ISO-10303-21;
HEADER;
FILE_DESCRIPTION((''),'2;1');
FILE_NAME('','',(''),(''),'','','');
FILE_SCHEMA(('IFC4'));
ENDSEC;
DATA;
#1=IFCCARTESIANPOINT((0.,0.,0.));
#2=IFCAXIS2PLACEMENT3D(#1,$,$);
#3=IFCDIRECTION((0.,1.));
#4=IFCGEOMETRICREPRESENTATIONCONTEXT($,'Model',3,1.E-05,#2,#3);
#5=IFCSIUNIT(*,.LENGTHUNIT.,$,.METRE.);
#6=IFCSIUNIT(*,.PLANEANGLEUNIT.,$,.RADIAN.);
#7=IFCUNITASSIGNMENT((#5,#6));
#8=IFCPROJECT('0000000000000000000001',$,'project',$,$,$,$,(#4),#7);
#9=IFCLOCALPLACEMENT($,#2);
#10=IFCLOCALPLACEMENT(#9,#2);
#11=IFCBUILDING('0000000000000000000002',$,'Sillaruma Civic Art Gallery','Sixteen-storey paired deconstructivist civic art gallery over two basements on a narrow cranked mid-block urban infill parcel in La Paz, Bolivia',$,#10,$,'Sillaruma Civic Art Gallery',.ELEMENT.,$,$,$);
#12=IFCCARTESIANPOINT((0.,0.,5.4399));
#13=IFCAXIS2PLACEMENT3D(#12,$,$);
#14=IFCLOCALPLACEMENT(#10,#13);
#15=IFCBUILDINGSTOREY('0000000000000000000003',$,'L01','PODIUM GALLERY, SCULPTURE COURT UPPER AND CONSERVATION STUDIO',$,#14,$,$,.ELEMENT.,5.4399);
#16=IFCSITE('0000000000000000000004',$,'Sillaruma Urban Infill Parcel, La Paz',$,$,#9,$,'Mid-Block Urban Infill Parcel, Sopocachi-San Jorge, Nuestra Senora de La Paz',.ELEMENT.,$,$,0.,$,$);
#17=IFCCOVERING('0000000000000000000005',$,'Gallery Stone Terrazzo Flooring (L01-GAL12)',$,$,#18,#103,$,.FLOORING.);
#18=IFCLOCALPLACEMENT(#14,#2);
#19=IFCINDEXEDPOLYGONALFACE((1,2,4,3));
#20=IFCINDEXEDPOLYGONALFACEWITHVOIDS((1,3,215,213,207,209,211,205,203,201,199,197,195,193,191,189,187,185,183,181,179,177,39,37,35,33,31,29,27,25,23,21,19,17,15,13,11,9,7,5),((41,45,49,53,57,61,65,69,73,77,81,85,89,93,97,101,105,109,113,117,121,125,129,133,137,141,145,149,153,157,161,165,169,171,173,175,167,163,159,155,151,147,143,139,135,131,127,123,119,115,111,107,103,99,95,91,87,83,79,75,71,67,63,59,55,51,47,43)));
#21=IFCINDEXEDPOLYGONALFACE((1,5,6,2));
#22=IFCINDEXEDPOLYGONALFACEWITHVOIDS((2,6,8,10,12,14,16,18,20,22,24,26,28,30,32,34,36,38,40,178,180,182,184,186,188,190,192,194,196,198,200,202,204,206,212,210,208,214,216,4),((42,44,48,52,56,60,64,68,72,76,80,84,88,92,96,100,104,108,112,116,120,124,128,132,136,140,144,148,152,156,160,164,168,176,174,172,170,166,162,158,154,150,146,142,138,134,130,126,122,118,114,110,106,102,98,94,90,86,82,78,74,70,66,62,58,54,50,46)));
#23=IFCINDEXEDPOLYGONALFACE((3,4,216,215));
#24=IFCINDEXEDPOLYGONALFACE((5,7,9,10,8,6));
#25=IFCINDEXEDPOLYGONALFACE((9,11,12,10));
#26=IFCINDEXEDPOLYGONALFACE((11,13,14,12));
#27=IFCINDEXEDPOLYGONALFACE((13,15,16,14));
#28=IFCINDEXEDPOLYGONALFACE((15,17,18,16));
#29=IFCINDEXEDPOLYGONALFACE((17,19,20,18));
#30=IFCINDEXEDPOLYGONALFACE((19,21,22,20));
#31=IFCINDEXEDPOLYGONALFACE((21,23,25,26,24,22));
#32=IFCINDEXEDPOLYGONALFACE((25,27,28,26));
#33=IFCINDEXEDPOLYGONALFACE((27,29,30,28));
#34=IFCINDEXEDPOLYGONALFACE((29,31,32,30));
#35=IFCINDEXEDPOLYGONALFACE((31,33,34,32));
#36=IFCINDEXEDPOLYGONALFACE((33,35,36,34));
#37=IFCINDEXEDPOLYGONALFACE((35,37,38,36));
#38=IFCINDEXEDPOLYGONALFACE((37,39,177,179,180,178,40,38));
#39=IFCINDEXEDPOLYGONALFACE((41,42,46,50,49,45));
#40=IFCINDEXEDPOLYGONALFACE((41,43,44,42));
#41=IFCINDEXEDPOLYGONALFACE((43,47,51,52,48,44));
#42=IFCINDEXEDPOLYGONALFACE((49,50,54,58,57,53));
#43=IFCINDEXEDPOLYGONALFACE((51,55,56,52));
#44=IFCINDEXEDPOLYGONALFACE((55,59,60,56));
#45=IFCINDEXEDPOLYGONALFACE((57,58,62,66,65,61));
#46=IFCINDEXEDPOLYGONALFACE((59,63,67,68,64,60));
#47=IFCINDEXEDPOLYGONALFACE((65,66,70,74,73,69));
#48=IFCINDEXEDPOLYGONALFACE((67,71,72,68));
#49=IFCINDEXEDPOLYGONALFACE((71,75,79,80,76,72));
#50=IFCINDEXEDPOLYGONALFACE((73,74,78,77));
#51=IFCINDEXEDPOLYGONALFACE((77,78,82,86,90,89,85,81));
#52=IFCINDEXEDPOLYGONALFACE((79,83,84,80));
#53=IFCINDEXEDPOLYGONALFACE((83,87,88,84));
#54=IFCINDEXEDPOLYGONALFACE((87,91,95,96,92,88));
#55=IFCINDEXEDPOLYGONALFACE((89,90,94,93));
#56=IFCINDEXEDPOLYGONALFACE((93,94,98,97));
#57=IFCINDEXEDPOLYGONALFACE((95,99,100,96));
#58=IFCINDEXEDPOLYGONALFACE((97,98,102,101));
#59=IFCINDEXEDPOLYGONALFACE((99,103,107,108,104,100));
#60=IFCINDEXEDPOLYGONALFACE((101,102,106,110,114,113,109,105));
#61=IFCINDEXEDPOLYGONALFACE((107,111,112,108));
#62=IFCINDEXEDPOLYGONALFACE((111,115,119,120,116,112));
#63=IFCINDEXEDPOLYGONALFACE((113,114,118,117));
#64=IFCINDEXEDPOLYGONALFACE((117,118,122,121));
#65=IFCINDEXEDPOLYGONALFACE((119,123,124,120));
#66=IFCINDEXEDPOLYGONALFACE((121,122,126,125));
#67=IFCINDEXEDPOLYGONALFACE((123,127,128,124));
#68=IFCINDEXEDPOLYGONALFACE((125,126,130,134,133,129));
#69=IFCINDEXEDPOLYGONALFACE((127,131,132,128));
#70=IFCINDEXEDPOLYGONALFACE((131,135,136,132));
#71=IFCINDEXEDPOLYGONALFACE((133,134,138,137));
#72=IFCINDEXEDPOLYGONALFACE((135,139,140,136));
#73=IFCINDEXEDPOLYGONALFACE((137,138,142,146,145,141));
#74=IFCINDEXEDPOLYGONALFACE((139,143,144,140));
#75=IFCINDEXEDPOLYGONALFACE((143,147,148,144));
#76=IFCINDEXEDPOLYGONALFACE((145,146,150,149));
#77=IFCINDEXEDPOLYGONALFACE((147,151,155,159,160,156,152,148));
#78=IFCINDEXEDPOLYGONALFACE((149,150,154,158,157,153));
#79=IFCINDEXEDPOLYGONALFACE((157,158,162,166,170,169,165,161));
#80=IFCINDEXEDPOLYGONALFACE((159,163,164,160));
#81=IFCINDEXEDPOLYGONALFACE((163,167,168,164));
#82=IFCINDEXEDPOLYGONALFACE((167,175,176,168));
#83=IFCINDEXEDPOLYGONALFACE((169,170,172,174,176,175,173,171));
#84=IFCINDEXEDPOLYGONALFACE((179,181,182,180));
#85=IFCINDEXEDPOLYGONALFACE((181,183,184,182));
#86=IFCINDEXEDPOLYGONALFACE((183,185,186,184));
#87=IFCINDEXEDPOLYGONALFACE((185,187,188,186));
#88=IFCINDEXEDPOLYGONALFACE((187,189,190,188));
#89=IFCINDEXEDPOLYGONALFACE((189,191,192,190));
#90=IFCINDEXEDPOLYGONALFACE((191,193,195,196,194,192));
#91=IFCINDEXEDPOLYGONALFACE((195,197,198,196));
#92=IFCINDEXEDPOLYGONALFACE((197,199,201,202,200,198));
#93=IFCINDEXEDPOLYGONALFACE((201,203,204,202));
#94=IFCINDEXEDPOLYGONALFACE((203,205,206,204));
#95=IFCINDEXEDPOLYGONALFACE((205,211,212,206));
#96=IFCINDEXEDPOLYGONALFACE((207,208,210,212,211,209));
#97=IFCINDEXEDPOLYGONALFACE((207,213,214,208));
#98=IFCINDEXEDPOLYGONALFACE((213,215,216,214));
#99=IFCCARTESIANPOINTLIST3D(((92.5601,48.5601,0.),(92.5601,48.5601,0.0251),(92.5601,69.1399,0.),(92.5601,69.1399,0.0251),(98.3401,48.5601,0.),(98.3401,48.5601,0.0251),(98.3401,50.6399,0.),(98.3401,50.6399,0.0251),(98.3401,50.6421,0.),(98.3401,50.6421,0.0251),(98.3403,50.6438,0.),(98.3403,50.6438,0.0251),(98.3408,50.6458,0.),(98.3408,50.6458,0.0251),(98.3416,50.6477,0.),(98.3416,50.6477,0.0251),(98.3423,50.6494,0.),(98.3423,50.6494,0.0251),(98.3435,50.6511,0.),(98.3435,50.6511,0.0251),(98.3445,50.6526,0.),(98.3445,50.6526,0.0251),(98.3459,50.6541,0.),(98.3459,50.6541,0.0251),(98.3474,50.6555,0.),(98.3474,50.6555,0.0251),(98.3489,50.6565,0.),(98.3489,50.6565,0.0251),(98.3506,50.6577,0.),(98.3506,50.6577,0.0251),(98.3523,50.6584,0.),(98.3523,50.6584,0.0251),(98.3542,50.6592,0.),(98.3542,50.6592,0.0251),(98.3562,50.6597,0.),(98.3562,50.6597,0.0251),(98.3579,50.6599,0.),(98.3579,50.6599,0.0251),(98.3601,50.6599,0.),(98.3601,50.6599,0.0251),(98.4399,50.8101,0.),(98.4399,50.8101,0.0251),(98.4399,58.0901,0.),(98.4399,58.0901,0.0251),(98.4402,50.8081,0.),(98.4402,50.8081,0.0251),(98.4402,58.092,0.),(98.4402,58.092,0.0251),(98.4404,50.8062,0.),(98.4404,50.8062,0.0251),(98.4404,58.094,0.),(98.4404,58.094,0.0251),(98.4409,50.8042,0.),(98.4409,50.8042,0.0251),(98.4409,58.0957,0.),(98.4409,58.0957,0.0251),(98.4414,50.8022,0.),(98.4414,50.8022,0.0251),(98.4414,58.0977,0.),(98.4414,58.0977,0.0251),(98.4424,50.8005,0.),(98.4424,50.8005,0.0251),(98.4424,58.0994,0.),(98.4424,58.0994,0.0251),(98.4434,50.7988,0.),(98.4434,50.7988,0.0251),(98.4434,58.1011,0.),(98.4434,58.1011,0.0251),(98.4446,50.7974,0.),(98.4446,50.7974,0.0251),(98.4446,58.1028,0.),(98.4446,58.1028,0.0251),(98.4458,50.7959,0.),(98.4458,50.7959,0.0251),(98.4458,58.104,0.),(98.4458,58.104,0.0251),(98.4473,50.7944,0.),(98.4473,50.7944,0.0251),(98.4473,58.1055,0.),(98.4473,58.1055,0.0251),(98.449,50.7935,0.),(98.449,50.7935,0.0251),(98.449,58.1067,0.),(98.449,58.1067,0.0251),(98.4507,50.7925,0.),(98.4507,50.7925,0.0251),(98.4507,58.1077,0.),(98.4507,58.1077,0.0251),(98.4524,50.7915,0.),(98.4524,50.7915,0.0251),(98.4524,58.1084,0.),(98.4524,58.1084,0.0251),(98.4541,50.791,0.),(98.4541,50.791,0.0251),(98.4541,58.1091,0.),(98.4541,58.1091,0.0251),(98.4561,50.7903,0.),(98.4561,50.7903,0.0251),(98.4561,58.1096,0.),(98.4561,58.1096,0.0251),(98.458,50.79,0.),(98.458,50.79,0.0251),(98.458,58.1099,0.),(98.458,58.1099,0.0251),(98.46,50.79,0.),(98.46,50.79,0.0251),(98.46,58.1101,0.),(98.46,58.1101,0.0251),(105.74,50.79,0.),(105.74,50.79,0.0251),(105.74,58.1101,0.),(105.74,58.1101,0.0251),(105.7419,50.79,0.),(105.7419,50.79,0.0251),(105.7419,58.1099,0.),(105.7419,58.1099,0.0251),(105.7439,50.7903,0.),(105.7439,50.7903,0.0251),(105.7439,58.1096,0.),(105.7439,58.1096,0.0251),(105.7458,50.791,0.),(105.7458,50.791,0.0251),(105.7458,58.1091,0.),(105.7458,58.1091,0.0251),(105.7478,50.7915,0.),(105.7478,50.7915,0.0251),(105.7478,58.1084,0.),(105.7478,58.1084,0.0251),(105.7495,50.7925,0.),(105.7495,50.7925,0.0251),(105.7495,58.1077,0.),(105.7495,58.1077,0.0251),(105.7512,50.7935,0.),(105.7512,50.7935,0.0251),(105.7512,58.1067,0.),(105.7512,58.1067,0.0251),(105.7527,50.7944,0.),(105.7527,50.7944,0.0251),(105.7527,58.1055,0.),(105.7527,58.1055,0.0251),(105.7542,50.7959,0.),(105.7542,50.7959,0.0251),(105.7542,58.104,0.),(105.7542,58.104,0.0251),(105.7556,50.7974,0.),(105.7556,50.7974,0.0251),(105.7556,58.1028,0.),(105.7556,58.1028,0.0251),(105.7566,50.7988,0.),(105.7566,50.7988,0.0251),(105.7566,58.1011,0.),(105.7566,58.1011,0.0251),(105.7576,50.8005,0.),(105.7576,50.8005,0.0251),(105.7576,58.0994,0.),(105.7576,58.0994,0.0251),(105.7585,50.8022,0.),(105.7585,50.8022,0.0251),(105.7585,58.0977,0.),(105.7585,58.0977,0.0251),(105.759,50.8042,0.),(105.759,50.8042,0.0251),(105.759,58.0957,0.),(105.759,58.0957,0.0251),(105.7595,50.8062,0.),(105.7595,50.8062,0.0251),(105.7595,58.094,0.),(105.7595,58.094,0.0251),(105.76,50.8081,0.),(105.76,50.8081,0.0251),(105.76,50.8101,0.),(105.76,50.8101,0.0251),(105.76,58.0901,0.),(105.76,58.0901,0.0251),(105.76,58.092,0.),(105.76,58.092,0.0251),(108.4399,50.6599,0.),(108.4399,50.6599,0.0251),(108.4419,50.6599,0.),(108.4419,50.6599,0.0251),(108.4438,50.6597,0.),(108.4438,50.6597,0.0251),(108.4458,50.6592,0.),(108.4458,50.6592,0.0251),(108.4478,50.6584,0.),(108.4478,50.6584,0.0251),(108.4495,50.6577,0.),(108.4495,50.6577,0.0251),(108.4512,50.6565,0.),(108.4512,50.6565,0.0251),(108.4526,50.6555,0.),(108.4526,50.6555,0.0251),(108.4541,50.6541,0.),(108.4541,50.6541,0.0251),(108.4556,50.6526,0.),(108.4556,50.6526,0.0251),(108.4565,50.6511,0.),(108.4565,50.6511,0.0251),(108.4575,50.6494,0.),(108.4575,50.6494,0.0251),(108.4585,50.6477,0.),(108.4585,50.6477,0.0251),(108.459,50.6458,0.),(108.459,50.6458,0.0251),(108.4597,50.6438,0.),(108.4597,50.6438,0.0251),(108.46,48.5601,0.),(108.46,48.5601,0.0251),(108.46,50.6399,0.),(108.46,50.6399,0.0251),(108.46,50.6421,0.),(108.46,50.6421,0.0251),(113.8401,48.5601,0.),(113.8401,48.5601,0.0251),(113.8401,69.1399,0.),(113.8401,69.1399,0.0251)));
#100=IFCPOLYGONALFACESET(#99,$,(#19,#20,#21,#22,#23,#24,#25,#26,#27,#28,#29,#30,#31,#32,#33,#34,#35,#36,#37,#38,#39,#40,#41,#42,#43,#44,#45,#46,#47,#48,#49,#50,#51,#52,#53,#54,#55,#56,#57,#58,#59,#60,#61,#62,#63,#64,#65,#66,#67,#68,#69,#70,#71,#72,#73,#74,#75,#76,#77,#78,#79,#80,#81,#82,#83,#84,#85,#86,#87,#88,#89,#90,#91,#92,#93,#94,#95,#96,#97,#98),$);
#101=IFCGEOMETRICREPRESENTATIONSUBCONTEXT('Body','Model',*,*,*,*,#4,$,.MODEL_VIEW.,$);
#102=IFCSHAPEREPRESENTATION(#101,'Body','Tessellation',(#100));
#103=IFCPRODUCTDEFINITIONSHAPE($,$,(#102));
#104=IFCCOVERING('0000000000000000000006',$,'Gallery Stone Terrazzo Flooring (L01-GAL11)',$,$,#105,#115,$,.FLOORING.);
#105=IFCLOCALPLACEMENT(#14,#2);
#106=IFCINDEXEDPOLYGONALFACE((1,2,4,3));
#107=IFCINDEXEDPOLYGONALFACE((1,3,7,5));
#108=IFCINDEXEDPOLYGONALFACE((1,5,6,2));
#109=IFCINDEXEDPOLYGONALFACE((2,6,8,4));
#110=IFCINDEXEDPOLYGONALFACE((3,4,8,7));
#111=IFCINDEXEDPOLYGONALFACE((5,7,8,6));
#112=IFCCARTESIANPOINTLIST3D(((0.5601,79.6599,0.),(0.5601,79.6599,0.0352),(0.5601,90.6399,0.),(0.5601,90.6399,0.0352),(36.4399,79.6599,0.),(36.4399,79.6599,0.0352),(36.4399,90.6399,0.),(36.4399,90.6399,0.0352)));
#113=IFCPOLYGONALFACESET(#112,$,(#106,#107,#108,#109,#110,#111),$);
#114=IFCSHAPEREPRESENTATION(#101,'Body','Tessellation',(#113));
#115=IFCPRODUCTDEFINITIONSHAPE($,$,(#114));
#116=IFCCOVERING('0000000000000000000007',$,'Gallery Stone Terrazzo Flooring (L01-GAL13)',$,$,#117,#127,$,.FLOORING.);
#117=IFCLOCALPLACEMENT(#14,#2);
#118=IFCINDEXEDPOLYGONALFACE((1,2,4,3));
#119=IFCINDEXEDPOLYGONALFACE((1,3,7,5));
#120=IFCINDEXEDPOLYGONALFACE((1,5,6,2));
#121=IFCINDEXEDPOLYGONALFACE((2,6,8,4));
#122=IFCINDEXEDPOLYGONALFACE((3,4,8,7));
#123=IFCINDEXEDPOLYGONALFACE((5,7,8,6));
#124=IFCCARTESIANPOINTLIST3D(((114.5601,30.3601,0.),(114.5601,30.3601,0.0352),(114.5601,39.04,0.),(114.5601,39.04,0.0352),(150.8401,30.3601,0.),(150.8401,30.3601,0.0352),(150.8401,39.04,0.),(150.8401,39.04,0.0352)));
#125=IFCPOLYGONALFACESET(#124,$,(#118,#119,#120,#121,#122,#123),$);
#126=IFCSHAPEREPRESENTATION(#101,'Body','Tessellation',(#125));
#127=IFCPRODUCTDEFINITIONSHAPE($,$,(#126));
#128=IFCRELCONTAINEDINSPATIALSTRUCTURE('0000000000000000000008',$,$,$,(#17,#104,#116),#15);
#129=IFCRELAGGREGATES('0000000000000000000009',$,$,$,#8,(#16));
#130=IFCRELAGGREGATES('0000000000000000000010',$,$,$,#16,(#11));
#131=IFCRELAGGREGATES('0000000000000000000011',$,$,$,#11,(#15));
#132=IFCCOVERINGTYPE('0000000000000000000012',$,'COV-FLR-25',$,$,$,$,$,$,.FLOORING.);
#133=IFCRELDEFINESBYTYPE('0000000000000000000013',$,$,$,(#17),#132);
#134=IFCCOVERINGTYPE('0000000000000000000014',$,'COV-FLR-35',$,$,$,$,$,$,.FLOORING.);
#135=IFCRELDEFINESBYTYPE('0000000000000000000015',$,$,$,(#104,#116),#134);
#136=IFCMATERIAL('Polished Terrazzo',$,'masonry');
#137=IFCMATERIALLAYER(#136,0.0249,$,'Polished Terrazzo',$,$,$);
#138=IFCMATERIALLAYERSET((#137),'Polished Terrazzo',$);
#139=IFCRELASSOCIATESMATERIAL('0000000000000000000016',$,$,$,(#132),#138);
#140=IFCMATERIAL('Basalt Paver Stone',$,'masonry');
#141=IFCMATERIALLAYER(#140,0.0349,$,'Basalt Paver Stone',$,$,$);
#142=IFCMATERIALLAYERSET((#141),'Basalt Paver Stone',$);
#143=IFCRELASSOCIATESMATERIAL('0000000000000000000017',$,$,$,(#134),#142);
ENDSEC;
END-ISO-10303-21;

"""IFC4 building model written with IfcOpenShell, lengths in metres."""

from ifc_helpers import new_model, si_unit, direction, frame, origin, place, context, subcontext, project, spatial, polyline, outline, extrude, material, layer, layer_set, type_object, element, save


model = new_model("IFC4")

# Units and contexts
model_context = context("Model", 3, precision=1e-05, world=origin(), true_north=direction((0.0, 1.0)))
body_context = subcontext(model_context, "Body", "Model", "MODEL_VIEW")
ifc_project = project(units=[si_unit("LENGTHUNIT", "METRE"), si_unit("PLANEANGLEUNIT", "RADIAN")], contexts=[model_context])

# Site, building, storey
site_placement = place(None, origin())
site = spatial("IfcSite", under=ifc_project, at=site_placement, Name="Sillaruma Urban Infill Parcel, La Paz", LongName="Mid-Block Urban Infill Parcel, Sopocachi-San Jorge, Nuestra Senora de La Paz", CompositionType="ELEMENT", RefElevation=0.0)
building_placement = place(site_placement, origin())
building = spatial("IfcBuilding", under=site, at=building_placement, Name="Sillaruma Civic Art Gallery", Description="Sixteen-storey paired deconstructivist civic art gallery over two basements on a narrow cranked mid-block urban infill parcel in La Paz, Bolivia", LongName="Sillaruma Civic Art Gallery", CompositionType="ELEMENT")
storey_placement = place(building_placement, frame((0.0, 0.0, 5.4399)))
storey = spatial("IfcBuildingStorey", under=building, at=storey_placement, Name="L01", Description="PODIUM GALLERY, SCULPTURE COURT UPPER AND CONSERVATION STUDIO", CompositionType="ELEMENT", Elevation=5.4399)

# Coverings
ifc_material_1 = material(Name="Polished Terrazzo", Category="masonry")
ifc_layer_1 = layer(ifc_material_1, 0.0249, Name="Polished Terrazzo")
ifc_layer_set_1 = layer_set([ifc_layer_1], Name="Polished Terrazzo")
covering_type_1 = type_object("IfcCoveringType", Name="COV-FLR-25", PredefinedType="FLOORING", material=ifc_layer_set_1)
covering_1_placement = place(storey_placement, origin())
element("IfcCovering", 1, at=covering_1_placement, inside=storey, type_object=covering_type_1, Name="Gallery Stone Terrazzo Flooring (L01-GAL12)", PredefinedType="FLOORING", context=body_context, shape_type="SweptSolid", body=[
    extrude(outline(polyline([(113.8401, 69.1399), (113.8401, 48.5601), (108.46, 48.5601), (108.46, 50.6399), (108.46, 50.6421), (108.4597, 50.6438), (108.459, 50.6458), (108.4585, 50.6477), (108.4575, 50.6494), (108.4565, 50.6511), (108.4556, 50.6526), (108.4541, 50.6541), (108.4526, 50.6555), (108.4512, 50.6565), (108.4495, 50.6577), (108.4478, 50.6584), (108.4458, 50.6592), (108.4438, 50.6597), (108.4419, 50.6599), (108.4399, 50.6599), (98.3601, 50.6599), (98.3579, 50.6599), (98.3562, 50.6597), (98.3542, 50.6592), (98.3523, 50.6584), (98.3506, 50.6577), (98.3489, 50.6565), (98.3474, 50.6555), (98.3459, 50.6541), (98.3445, 50.6526), (98.3435, 50.6511), (98.3423, 50.6494), (98.3416, 50.6477), (98.3408, 50.6458), (98.3403, 50.6438), (98.3401, 50.6421), (98.3401, 50.6399), (98.3401, 48.5601), (92.5601, 48.5601), (92.5601, 69.1399), (113.8401, 69.1399)]), holes=[polyline([(105.7439, 50.7903), (105.7458, 50.791), (105.7478, 50.7915), (105.7495, 50.7925), (105.7512, 50.7935), (105.7527, 50.7944), (105.7542, 50.7959), (105.7556, 50.7974), (105.7566, 50.7988), (105.7576, 50.8005), (105.7585, 50.8022), (105.759, 50.8042), (105.7595, 50.8062), (105.76, 50.8081), (105.76, 50.8101), (105.76, 58.0901), (105.76, 58.092), (105.7595, 58.094), (105.759, 58.0957), (105.7585, 58.0977), (105.7576, 58.0994), (105.7566, 58.1011), (105.7556, 58.1028), (105.7542, 58.104), (105.7527, 58.1055), (105.7512, 58.1067), (105.7495, 58.1077), (105.7478, 58.1084), (105.7458, 58.1091), (105.7439, 58.1096), (105.7419, 58.1099), (105.74, 58.1101), (98.46, 58.1101), (98.458, 58.1099), (98.4561, 58.1096), (98.4541, 58.1091), (98.4524, 58.1084), (98.4507, 58.1077), (98.449, 58.1067), (98.4473, 58.1055), (98.4458, 58.104), (98.4446, 58.1028), (98.4434, 58.1011), (98.4424, 58.0994), (98.4414, 58.0977), (98.4409, 58.0957), (98.4404, 58.094), (98.4402, 58.092), (98.4399, 58.0901), (98.4399, 50.8101), (98.4402, 50.8081), (98.4404, 50.8062), (98.4409, 50.8042), (98.4414, 50.8022), (98.4424, 50.8005), (98.4434, 50.7988), (98.4446, 50.7974), (98.4458, 50.7959), (98.4473, 50.7944), (98.449, 50.7935), (98.4507, 50.7925), (98.4524, 50.7915), (98.4541, 50.791), (98.4561, 50.7903), (98.458, 50.79), (98.46, 50.79), (105.74, 50.79), (105.7419, 50.79), (105.7439, 50.7903)])]), origin(), (0.0, 0.0, 1.0), 0.0251),
])
ifc_material_2 = material(Name="Basalt Paver Stone", Category="masonry")
ifc_layer_2 = layer(ifc_material_2, 0.0349, Name="Basalt Paver Stone")
ifc_layer_set_2 = layer_set([ifc_layer_2], Name="Basalt Paver Stone")
covering_type_2 = type_object("IfcCoveringType", Name="COV-FLR-35", PredefinedType="FLOORING", material=ifc_layer_set_2)
covering_2_placement = place(storey_placement, origin())
element("IfcCovering", 2, at=covering_2_placement, inside=storey, type_object=covering_type_2, Name="Gallery Stone Terrazzo Flooring (L01-GAL11)", PredefinedType="FLOORING", context=body_context, shape_type="SweptSolid", body=[
    extrude(outline(polyline([(0.5601, 79.6599), (36.4399, 79.6599), (36.4399, 90.6399), (0.5601, 90.6399), (0.5601, 79.6599)])), origin(), (0.0, 0.0, 1.0), 0.0352),
])
covering_3_placement = place(storey_placement, origin())
element("IfcCovering", 3, at=covering_3_placement, inside=storey, type_object=covering_type_2, Name="Gallery Stone Terrazzo Flooring (L01-GAL13)", PredefinedType="FLOORING", context=body_context, shape_type="SweptSolid", body=[
    extrude(outline(polyline([(114.5601, 30.3601), (150.8401, 30.3601), (150.8401, 39.04), (114.5601, 39.04), (114.5601, 30.3601)])), origin(), (0.0, 0.0, 1.0), 0.0352),
])

save(model, "model.ifc")
